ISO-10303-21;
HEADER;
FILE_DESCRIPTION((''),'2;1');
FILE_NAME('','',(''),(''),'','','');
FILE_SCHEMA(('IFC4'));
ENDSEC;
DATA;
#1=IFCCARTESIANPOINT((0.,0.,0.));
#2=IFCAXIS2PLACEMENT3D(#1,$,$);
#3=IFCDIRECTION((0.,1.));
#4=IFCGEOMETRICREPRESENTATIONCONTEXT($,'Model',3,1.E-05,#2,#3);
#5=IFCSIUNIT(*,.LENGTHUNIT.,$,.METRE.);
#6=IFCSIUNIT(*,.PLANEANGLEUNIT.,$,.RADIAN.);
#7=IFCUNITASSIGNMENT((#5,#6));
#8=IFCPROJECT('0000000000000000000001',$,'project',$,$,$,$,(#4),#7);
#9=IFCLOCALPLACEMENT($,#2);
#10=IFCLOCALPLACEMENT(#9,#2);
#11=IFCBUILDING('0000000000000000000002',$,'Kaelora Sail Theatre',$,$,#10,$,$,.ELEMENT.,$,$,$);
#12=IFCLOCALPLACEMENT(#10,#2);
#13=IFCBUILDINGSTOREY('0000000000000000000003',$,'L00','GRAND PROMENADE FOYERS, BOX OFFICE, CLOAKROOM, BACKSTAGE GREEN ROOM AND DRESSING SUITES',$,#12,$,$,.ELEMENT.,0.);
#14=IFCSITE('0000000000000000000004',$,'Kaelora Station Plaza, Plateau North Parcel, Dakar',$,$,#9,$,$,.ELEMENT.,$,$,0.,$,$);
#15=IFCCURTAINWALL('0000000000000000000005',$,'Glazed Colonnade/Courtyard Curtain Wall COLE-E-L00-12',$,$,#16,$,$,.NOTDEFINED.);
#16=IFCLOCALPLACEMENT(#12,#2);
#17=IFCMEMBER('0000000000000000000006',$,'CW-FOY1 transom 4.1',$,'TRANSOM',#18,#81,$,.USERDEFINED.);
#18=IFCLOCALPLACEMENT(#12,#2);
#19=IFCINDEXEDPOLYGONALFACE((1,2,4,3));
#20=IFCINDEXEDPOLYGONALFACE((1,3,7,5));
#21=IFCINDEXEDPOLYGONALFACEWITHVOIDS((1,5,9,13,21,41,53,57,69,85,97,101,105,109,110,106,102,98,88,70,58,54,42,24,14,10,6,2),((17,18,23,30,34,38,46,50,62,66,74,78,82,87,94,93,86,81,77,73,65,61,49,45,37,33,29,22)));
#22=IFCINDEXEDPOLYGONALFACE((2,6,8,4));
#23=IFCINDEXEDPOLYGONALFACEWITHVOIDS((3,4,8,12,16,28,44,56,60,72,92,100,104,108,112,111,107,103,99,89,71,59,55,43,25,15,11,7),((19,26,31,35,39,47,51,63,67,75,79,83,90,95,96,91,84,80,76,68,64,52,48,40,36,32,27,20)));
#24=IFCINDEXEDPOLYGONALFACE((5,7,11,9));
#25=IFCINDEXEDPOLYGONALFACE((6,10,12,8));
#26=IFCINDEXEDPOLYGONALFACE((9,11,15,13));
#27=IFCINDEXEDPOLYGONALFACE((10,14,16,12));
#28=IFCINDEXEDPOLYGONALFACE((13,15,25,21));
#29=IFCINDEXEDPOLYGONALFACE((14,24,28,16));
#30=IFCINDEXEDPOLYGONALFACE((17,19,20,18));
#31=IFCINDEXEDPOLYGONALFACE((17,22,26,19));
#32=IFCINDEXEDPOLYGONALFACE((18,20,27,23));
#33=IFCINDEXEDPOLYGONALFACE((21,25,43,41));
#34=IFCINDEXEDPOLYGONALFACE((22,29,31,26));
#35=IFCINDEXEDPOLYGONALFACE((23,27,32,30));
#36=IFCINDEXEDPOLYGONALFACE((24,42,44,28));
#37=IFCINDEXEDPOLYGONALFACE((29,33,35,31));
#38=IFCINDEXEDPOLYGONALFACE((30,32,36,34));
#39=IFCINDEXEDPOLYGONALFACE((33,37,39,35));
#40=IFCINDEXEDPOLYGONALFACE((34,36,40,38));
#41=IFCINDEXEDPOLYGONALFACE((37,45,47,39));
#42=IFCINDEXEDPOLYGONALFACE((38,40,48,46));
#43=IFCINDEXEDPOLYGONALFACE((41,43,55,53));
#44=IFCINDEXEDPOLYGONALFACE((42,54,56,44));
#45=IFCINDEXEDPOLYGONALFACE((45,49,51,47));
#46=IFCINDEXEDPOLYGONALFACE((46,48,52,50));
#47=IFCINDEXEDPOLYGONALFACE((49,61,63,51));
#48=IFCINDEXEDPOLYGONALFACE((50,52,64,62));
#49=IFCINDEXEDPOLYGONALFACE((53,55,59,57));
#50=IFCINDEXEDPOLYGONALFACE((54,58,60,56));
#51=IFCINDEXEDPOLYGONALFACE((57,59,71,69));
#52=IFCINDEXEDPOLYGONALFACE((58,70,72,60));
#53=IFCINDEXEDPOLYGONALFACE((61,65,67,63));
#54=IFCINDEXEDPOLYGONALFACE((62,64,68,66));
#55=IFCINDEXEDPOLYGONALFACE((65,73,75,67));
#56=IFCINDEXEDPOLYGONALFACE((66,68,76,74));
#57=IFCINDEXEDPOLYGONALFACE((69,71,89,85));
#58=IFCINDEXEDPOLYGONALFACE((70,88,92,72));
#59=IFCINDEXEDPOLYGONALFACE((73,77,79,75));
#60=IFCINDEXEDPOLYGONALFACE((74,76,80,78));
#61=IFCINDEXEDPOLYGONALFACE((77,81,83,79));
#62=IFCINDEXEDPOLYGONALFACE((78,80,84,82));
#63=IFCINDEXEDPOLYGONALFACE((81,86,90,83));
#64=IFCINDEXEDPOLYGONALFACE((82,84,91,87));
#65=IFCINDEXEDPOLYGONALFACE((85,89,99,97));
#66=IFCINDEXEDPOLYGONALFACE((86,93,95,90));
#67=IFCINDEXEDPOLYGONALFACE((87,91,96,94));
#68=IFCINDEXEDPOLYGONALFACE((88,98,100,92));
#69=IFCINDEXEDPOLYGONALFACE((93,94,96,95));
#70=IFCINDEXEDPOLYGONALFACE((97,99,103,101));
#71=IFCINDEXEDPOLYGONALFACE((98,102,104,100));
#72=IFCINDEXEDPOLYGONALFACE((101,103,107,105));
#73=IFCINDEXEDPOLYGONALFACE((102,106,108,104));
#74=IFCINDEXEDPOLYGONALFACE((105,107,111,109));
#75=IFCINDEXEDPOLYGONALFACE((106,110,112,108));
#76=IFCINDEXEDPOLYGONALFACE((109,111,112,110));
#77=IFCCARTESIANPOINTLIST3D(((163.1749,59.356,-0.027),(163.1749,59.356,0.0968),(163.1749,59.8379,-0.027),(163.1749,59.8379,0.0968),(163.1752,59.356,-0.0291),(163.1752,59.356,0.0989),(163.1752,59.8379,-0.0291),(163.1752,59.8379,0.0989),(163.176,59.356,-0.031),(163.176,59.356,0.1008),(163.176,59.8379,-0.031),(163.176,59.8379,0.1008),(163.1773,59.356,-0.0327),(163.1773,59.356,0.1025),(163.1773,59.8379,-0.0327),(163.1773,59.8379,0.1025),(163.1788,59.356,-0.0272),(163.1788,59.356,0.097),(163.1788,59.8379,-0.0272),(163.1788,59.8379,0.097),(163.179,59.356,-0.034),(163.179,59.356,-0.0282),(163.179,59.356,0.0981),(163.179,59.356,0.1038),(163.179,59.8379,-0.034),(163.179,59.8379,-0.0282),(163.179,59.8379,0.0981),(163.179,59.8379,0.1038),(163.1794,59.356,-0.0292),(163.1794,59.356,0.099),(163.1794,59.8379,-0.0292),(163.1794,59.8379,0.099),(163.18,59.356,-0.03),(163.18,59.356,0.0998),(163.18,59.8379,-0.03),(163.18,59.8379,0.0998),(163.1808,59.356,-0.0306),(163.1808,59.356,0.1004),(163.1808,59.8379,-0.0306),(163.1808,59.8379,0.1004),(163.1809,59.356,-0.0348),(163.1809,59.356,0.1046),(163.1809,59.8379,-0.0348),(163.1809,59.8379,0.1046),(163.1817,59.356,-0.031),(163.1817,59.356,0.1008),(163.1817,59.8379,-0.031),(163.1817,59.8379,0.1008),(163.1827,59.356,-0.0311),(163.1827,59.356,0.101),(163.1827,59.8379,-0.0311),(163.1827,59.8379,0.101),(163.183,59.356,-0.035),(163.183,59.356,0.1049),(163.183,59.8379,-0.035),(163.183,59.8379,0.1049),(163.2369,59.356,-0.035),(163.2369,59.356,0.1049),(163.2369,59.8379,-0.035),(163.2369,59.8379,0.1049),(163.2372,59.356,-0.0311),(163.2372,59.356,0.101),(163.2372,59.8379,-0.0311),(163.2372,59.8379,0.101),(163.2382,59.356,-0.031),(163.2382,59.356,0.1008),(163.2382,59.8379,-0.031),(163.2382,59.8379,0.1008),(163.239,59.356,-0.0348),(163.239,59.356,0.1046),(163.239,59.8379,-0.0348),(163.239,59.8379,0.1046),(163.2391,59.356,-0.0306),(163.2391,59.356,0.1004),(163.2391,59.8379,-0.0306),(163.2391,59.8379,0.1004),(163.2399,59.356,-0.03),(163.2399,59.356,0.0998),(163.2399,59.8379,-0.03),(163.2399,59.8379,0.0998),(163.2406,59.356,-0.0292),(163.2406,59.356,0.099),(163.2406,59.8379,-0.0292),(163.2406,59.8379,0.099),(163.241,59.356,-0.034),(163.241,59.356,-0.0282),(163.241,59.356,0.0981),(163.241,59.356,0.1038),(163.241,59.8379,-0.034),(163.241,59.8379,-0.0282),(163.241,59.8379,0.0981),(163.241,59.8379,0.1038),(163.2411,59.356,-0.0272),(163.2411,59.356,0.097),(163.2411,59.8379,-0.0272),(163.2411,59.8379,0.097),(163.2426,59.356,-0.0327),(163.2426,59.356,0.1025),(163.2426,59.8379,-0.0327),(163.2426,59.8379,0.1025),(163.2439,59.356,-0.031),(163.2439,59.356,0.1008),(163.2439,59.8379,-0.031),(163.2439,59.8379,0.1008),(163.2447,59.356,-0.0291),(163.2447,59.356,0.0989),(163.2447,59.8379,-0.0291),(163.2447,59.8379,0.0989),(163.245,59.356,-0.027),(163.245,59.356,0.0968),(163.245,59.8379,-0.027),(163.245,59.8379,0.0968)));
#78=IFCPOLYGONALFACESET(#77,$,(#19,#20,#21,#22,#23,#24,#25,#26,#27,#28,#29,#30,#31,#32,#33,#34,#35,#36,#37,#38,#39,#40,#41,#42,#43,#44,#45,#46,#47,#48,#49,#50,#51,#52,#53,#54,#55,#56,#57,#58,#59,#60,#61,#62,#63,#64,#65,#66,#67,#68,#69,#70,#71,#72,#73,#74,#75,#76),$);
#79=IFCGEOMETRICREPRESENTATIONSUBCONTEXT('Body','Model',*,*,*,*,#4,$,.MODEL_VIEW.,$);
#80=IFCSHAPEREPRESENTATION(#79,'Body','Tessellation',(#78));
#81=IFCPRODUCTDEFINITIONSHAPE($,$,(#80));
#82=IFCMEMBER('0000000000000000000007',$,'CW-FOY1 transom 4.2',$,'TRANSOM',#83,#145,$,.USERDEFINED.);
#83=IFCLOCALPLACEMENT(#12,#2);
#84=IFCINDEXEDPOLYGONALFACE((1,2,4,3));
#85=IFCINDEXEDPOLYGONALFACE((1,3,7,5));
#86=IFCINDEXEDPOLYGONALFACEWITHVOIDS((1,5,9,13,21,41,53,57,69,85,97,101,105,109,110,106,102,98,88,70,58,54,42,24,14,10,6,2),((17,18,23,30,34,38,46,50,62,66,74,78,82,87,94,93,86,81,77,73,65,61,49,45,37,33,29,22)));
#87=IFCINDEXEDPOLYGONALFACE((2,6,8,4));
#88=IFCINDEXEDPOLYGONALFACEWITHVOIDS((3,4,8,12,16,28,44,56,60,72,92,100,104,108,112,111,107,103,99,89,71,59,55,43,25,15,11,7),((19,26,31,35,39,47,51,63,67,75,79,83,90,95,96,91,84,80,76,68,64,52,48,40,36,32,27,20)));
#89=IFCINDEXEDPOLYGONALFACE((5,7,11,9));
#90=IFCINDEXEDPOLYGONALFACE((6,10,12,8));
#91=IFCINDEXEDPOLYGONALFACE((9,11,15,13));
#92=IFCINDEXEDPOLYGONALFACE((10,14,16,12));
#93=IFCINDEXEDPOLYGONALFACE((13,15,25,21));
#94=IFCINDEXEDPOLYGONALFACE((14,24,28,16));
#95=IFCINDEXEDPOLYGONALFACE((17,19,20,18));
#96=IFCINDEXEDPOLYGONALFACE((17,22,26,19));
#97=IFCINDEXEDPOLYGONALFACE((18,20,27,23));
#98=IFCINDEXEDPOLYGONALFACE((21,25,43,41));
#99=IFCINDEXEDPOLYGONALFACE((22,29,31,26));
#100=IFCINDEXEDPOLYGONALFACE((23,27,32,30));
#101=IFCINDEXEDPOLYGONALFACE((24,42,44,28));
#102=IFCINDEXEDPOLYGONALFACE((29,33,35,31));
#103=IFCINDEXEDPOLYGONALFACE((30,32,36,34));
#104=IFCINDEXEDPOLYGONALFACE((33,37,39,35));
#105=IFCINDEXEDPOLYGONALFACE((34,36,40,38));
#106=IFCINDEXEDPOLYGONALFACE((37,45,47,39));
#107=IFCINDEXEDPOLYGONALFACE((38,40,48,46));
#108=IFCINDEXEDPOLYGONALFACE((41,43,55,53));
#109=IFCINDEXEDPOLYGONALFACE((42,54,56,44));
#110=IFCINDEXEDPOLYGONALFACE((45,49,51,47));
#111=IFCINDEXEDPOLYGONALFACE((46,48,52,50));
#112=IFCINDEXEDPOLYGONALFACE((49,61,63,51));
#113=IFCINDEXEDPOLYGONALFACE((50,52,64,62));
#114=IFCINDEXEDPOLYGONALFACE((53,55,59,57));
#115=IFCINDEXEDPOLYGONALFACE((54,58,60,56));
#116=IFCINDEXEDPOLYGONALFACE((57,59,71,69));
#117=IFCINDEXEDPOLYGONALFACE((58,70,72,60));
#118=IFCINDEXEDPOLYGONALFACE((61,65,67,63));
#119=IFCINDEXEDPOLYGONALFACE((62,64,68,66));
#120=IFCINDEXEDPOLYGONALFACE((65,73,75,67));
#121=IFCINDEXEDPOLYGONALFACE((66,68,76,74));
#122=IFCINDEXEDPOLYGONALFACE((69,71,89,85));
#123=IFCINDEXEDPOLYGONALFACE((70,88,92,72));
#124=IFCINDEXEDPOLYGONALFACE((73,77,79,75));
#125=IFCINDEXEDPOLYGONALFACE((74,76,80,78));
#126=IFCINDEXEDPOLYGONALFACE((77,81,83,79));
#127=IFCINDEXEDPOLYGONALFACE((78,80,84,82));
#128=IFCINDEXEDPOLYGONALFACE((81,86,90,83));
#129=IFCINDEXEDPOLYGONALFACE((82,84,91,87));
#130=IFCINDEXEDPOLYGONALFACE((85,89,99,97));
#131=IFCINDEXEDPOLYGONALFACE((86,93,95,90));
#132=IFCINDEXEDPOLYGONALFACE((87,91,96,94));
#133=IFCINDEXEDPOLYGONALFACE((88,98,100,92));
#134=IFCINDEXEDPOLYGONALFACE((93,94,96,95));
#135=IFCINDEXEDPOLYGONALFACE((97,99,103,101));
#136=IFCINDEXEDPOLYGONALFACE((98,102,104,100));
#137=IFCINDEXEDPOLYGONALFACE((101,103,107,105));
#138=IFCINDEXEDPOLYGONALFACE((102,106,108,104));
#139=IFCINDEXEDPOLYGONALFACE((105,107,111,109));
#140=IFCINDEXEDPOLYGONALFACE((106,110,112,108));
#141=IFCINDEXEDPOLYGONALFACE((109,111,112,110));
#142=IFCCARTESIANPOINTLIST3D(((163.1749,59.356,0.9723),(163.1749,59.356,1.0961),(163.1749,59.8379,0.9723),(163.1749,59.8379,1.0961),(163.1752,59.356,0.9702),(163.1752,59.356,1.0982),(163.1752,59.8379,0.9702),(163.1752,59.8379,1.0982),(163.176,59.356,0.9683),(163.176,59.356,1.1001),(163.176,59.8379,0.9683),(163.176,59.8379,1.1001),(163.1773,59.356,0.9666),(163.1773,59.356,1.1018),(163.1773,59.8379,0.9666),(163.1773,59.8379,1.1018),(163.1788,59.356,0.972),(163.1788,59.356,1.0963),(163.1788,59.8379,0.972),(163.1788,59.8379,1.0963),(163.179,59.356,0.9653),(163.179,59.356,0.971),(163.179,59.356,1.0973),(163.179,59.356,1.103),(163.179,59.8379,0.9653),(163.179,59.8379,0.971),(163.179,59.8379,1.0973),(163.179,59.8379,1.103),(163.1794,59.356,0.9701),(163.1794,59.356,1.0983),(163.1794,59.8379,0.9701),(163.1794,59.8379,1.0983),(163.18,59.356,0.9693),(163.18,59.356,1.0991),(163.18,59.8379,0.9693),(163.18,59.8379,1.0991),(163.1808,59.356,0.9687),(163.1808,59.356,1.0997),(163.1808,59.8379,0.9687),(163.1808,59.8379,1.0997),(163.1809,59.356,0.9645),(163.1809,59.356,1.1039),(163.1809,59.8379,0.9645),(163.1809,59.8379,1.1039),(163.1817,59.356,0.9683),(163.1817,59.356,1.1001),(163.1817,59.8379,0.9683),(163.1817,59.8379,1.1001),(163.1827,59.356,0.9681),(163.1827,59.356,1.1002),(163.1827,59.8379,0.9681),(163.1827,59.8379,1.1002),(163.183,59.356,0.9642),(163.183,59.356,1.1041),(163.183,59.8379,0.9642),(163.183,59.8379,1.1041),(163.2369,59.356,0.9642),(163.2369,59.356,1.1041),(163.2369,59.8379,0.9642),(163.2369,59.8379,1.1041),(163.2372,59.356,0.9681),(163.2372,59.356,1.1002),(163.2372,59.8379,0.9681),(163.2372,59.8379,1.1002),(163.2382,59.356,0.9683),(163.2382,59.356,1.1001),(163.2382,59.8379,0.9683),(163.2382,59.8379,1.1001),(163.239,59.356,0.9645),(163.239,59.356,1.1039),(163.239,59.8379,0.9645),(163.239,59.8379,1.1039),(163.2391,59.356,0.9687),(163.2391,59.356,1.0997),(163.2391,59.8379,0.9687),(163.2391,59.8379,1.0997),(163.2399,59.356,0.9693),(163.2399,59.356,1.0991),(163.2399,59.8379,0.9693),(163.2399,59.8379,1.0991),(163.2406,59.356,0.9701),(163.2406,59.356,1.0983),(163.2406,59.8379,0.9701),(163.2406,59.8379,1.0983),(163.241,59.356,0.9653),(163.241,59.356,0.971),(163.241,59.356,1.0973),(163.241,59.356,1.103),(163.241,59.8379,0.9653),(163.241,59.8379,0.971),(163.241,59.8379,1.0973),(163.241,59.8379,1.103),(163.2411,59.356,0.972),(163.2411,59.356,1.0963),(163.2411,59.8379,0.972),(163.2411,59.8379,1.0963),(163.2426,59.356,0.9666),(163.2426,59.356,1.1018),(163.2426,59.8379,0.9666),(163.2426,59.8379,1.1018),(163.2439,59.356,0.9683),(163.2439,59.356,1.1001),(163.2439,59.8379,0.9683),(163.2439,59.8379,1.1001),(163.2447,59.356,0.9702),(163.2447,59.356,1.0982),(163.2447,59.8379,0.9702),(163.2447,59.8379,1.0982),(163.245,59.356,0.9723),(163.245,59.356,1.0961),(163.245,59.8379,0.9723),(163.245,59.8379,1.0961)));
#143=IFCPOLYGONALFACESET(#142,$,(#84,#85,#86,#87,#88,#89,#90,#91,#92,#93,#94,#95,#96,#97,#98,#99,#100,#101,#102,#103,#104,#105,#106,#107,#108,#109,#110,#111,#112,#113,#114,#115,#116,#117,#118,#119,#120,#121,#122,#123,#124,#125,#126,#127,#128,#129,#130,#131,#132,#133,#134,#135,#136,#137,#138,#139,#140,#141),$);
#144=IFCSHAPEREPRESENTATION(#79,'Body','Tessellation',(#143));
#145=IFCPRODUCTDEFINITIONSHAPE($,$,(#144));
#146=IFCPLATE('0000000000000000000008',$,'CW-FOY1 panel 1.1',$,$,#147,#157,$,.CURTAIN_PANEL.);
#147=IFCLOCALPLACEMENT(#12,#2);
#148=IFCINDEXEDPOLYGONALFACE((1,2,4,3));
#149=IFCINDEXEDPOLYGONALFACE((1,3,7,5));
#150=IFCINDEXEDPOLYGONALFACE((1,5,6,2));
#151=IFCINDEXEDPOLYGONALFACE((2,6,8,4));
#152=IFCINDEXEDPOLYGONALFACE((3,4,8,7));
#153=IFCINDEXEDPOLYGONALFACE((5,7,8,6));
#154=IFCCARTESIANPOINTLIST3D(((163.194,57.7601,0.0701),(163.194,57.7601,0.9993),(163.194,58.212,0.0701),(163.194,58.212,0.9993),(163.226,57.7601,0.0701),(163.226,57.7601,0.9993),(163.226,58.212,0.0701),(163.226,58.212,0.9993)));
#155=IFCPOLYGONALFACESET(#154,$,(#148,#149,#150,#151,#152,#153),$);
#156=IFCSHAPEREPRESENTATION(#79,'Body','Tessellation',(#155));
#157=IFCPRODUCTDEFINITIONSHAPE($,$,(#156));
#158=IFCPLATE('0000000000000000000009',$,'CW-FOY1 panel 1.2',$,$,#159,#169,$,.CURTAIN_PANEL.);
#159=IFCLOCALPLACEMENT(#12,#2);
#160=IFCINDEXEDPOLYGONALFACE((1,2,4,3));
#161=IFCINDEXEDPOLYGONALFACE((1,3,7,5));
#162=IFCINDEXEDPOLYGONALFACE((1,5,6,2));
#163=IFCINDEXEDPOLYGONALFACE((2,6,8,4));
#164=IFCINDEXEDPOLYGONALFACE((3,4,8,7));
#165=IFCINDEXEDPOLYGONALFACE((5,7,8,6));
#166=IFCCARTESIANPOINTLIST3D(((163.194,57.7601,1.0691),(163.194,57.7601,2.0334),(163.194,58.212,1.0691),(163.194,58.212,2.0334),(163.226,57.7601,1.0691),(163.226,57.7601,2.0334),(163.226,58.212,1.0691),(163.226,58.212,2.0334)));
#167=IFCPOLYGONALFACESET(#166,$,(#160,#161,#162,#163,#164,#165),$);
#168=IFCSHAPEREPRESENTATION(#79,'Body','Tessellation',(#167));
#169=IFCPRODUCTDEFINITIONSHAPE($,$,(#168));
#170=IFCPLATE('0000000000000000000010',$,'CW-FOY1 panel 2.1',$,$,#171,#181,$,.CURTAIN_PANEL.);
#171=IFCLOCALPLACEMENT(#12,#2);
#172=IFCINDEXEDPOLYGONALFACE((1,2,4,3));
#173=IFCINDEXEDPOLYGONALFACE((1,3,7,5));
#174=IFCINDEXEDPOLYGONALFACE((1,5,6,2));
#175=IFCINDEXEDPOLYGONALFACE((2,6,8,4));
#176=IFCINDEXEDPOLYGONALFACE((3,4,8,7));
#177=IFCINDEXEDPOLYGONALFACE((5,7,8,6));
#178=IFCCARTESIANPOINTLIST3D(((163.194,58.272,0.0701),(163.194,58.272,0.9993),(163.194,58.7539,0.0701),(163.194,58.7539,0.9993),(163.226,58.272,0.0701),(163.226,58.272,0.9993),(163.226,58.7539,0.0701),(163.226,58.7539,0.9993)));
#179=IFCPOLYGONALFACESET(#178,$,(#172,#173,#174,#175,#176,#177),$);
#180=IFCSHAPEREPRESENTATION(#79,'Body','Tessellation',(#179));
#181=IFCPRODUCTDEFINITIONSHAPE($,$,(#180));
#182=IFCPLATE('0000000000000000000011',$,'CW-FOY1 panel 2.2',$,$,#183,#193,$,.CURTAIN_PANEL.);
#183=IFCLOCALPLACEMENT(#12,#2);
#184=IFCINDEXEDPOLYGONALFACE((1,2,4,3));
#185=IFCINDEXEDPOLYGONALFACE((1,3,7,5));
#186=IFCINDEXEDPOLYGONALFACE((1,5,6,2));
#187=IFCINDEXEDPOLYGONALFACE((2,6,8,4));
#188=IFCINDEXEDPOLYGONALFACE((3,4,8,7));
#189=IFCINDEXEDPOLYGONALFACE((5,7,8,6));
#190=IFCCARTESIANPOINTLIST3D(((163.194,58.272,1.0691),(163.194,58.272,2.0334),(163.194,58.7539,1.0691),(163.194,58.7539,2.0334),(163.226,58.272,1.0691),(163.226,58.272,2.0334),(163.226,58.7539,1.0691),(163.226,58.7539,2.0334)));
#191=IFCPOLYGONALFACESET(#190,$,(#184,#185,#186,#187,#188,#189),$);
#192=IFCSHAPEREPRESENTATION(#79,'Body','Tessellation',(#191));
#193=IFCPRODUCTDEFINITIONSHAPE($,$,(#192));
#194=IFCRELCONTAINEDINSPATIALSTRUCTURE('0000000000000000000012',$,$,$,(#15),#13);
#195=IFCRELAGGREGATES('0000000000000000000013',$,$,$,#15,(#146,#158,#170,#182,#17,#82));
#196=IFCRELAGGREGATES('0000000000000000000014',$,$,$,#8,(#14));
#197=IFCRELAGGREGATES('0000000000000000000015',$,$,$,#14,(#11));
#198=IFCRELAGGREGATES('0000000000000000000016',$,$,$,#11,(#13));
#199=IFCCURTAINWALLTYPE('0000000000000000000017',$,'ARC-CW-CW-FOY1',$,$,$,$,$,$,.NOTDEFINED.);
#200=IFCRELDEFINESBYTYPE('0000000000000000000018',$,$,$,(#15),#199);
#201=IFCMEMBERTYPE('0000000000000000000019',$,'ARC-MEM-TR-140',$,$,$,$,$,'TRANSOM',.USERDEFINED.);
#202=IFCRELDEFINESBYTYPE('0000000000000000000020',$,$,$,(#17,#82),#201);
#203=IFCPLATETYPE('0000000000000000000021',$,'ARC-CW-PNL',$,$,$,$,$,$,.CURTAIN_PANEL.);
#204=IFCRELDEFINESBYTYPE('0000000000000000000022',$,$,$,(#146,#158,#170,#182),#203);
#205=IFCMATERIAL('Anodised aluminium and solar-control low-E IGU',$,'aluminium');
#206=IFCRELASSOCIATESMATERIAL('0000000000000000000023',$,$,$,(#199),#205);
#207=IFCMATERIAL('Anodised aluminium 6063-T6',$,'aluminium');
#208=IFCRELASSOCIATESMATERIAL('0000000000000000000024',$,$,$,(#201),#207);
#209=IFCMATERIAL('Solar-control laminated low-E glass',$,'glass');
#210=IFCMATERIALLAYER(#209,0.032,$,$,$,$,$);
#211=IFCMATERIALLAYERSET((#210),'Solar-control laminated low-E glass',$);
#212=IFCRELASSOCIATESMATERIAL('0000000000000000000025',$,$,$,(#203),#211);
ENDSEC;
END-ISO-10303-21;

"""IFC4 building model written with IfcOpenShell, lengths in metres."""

from ifc_helpers import new_model, si_unit, direction, frame, origin, origin_2d, place, context, subcontext, project, spatial, rectangle, hollow_rectangle, extrude, material, layer, layer_set, material_profile, profile_set, type_object, element, aggregate, save


model = new_model("IFC4")

# Units and contexts
model_context = context("Model", 3, precision=1e-05, world=origin(), true_north=direction((0.0, 1.0)))
body_context = subcontext(model_context, "Body", "Model", "MODEL_VIEW")
ifc_project = project(units=[si_unit("LENGTHUNIT", "METRE"), si_unit("PLANEANGLEUNIT", "RADIAN")], contexts=[model_context])

# Site, building, storey
site_placement = place(None, origin())
site = spatial("IfcSite", under=ifc_project, at=site_placement, Name="Kaelora Station Plaza, Plateau North Parcel, Dakar", CompositionType="ELEMENT", RefElevation=0.0)
building_placement = place(site_placement, origin())
building = spatial("IfcBuilding", under=site, at=building_placement, Name="Kaelora Sail Theatre", CompositionType="ELEMENT")
storey_placement = place(building_placement, origin())
storey = spatial("IfcBuildingStorey", under=building, at=storey_placement, Name="L00", Description="GRAND PROMENADE FOYERS, BOX OFFICE, CLOAKROOM, BACKSTAGE GREEN ROOM AND DRESSING SUITES", CompositionType="ELEMENT", Elevation=0.0)

# Shared definitions
ifc_material_1 = material(Name="Anodised aluminium and solar-control low-E IGU", Category="aluminium")
curtain_wall_type = type_object("IfcCurtainWallType", Name="ARC-CW-CW-FOY1", PredefinedType="NOTDEFINED", material=ifc_material_1)

# Curtain wall, members, plates
curtain_wall_1_placement = place(storey_placement, origin())
curtain_wall_1 = element("IfcCurtainWall", 1, at=curtain_wall_1_placement, inside=storey, type_object=curtain_wall_type, Name="Glazed Colonnade/Courtyard Curtain Wall COLE-E-L00-12", PredefinedType="NOTDEFINED")
ifc_material_2 = material(Name="Anodised aluminium 6063-T6", Category="aluminium")
ifc_material_profile_1 = material_profile(ifc_material_2, hollow_rectangle(XDim=0.0701, YDim=0.1399, WallThickness=0.0039, InnerFilletRadius=0.0039, OuterFilletRadius=0.0081, at=origin_2d()), Name="ALU-TRAN 70x140x4")
ifc_profile_set_1 = profile_set([ifc_material_profile_1], Name="Anodised aluminium 6063-T6")
member_type_1 = type_object("IfcMemberType", Name="ARC-MEM-TR-140", ElementType="TRANSOM", PredefinedType="USERDEFINED", material=ifc_profile_set_1)
member_1_placement = place(storey_placement, frame((163.21, 59.356, 0.0349), z_axis=(0.0, 1.0, 0.0), x_axis=(-1.0, 0.0, 0.0)))
member_1 = element("IfcMember", 2, at=member_1_placement, type_object=member_type_1, Name="CW-FOY1 transom 4.1", ObjectType="TRANSOM", PredefinedType="USERDEFINED", context=body_context, shape_type="SweptSolid", body=[
    extrude(hollow_rectangle(XDim=0.0701, YDim=0.1399, WallThickness=0.0039, InnerFilletRadius=0.0039, OuterFilletRadius=0.0081, at=origin_2d()), origin(), (0.0, 0.0, 1.0), 0.4819),
])
member_2_placement = place(storey_placement, frame((163.21, 59.356, 1.0342), z_axis=(0.0, 1.0, 0.0), x_axis=(-1.0, 0.0, 0.0)))
member_2 = element("IfcMember", 3, at=member_2_placement, type_object=member_type_1, Name="CW-FOY1 transom 4.2", ObjectType="TRANSOM", PredefinedType="USERDEFINED", context=body_context, shape_type="SweptSolid", body=[
    extrude(hollow_rectangle(XDim=0.0701, YDim=0.1399, WallThickness=0.0039, InnerFilletRadius=0.0039, OuterFilletRadius=0.0081, at=origin_2d()), origin(), (0.0, 0.0, 1.0), 0.4819),
])
ifc_material_3 = material(Name="Solar-control laminated low-E glass", Category="glass")
ifc_layer = layer(ifc_material_3, 0.032)
ifc_layer_set = layer_set([ifc_layer], Name="Solar-control laminated low-E glass")
plate_type = type_object("IfcPlateType", Name="ARC-CW-PNL", PredefinedType="CURTAIN_PANEL", material=ifc_layer_set)
plate_1_placement = place(storey_placement, frame((163.21, 57.9861, 0.0701), z_axis=(0.0, 0.0, 1.0), x_axis=(0.0, 1.0, 0.0)))
plate_1 = element("IfcPlate", 4, at=plate_1_placement, type_object=plate_type, Name="CW-FOY1 panel 1.1", PredefinedType="CURTAIN_PANEL", context=body_context, shape_type="SweptSolid", body=[
    extrude(rectangle(XDim=0.4519, YDim=0.032, at=origin_2d()), origin(), (0.0, 0.0, 1.0), 0.9292),
])
plate_2_placement = place(storey_placement, frame((163.21, 57.9861, 1.0691), z_axis=(0.0, 0.0, 1.0), x_axis=(0.0, 1.0, 0.0)))
plate_2 = element("IfcPlate", 5, at=plate_2_placement, type_object=plate_type, Name="CW-FOY1 panel 1.2", PredefinedType="CURTAIN_PANEL", context=body_context, shape_type="SweptSolid", body=[
    extrude(rectangle(XDim=0.4519, YDim=0.032, at=origin_2d()), origin(), (0.0, 0.0, 1.0), 0.9644),
])
plate_3_placement = place(storey_placement, frame((163.21, 58.5129, 0.0701), z_axis=(0.0, 0.0, 1.0), x_axis=(0.0, 1.0, 0.0)))
plate_3 = element("IfcPlate", 6, at=plate_3_placement, type_object=plate_type, Name="CW-FOY1 panel 2.1", PredefinedType="CURTAIN_PANEL", context=body_context, shape_type="SweptSolid", body=[
    extrude(rectangle(XDim=0.4819, YDim=0.032, at=origin_2d()), origin(), (0.0, 0.0, 1.0), 0.9292),
])
plate_4_placement = place(storey_placement, frame((163.21, 58.5129, 1.0691), z_axis=(0.0, 0.0, 1.0), x_axis=(0.0, 1.0, 0.0)))
plate_4 = element("IfcPlate", 7, at=plate_4_placement, type_object=plate_type, Name="CW-FOY1 panel 2.2", PredefinedType="CURTAIN_PANEL", context=body_context, shape_type="SweptSolid", body=[
    extrude(rectangle(XDim=0.4819, YDim=0.032, at=origin_2d()), origin(), (0.0, 0.0, 1.0), 0.9644),
])
aggregate(curtain_wall_1, [plate_1, plate_2, plate_3, plate_4, member_1, member_2])

save(model, "model.ifc")
